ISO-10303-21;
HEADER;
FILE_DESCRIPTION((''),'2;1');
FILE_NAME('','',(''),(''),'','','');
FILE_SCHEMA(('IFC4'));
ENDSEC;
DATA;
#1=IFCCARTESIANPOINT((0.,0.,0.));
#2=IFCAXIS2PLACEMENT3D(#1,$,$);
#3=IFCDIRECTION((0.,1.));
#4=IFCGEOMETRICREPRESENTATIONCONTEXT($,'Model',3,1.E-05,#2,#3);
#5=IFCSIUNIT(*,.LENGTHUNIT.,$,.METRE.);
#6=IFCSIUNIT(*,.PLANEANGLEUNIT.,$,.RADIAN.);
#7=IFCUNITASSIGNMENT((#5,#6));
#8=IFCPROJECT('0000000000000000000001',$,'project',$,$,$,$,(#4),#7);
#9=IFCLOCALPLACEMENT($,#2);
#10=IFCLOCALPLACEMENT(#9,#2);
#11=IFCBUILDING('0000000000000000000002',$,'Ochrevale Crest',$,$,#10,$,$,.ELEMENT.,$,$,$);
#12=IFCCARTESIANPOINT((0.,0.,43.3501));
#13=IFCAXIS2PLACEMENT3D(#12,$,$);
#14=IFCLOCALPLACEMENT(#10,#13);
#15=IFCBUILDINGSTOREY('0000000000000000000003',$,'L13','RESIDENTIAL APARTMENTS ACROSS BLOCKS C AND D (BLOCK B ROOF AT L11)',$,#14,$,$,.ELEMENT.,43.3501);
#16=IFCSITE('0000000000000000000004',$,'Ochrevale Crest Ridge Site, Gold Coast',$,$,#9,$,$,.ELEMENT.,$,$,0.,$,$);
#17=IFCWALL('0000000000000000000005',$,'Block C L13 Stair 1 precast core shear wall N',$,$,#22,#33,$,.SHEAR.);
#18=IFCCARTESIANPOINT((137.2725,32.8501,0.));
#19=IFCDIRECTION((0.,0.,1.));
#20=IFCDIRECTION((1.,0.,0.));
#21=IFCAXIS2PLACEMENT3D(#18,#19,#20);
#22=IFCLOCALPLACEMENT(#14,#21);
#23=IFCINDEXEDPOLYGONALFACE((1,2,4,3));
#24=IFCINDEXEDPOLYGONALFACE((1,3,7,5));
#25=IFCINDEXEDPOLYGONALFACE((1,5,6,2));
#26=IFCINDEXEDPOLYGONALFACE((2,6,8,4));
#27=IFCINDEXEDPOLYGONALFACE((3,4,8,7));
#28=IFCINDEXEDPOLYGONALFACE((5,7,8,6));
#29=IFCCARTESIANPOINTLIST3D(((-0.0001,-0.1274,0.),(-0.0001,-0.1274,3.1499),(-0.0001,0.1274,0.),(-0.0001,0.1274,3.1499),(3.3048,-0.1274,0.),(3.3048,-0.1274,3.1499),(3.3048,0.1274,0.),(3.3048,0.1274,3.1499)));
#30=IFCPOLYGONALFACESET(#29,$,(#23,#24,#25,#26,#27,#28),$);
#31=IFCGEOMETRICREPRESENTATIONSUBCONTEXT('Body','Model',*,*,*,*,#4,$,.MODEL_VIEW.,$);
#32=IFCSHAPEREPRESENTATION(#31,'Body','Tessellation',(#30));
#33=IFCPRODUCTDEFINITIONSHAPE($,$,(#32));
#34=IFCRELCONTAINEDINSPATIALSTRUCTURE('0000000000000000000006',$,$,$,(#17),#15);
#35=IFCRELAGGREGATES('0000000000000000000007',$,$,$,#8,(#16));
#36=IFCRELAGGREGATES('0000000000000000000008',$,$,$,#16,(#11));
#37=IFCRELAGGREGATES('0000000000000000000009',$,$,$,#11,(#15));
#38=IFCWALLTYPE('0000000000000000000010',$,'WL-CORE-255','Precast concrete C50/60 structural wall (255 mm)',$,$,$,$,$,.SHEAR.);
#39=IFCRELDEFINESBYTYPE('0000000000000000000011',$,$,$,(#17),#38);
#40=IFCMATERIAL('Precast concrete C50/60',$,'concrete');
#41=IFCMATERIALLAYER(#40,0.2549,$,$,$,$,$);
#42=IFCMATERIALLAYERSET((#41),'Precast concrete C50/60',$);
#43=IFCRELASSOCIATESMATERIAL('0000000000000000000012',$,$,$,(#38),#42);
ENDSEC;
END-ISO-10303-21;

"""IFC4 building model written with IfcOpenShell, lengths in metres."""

from ifc_helpers import new_model, si_unit, direction, frame, frame_2d, origin, place, context, subcontext, project, spatial, rectangle, extrude, material, layer, layer_set, type_object, element, save


model = new_model("IFC4")

# Units and contexts
model_context = context("Model", 3, precision=1e-05, world=origin(), true_north=direction((0.0, 1.0)))
body_context = subcontext(model_context, "Body", "Model", "MODEL_VIEW")
ifc_project = project(units=[si_unit("LENGTHUNIT", "METRE"), si_unit("PLANEANGLEUNIT", "RADIAN")], contexts=[model_context])

# Site, building, storey
site_placement = place(None, origin())
site = spatial("IfcSite", under=ifc_project, at=site_placement, Name="Ochrevale Crest Ridge Site, Gold Coast", CompositionType="ELEMENT", RefElevation=0.0)
building_placement = place(site_placement, origin())
building = spatial("IfcBuilding", under=site, at=building_placement, Name="Ochrevale Crest", CompositionType="ELEMENT")
storey_placement = place(building_placement, frame((0.0, 0.0, 43.3501)))
storey = spatial("IfcBuildingStorey", under=building, at=storey_placement, Name="L13", Description="RESIDENTIAL APARTMENTS ACROSS BLOCKS C AND D (BLOCK B ROOF AT L11)", CompositionType="ELEMENT", Elevation=43.3501)

# Shared definitions
ifc_material_1 = material(Name="Precast concrete C50/60", Category="concrete")

# Wall
ifc_layer_1 = layer(ifc_material_1, 0.2549)
ifc_layer_set_1 = layer_set([ifc_layer_1], Name="Precast concrete C50/60")
wall_type = type_object("IfcWallType", Name="WL-CORE-255", Description="Precast concrete C50/60 structural wall (255 mm)", PredefinedType="SHEAR", material=ifc_layer_set_1)
wall_placement = place(storey_placement, frame((137.2725, 32.8501, 0.0), z_axis=(0.0, 0.0, 1.0), x_axis=(1.0, 0.0, 0.0)))
element("IfcWall", 1, at=wall_placement, inside=storey, type_object=wall_type, Name="Block C L13 Stair 1 precast core shear wall N", PredefinedType="SHEAR", context=body_context, shape_type="SweptSolid", body=[
    extrude(rectangle(XDim=3.3049, YDim=0.2549, at=frame_2d((1.6523, 0.0))), origin(), (0.0, 0.0, 1.0), 3.1499),
])

save(model, "model.ifc")
